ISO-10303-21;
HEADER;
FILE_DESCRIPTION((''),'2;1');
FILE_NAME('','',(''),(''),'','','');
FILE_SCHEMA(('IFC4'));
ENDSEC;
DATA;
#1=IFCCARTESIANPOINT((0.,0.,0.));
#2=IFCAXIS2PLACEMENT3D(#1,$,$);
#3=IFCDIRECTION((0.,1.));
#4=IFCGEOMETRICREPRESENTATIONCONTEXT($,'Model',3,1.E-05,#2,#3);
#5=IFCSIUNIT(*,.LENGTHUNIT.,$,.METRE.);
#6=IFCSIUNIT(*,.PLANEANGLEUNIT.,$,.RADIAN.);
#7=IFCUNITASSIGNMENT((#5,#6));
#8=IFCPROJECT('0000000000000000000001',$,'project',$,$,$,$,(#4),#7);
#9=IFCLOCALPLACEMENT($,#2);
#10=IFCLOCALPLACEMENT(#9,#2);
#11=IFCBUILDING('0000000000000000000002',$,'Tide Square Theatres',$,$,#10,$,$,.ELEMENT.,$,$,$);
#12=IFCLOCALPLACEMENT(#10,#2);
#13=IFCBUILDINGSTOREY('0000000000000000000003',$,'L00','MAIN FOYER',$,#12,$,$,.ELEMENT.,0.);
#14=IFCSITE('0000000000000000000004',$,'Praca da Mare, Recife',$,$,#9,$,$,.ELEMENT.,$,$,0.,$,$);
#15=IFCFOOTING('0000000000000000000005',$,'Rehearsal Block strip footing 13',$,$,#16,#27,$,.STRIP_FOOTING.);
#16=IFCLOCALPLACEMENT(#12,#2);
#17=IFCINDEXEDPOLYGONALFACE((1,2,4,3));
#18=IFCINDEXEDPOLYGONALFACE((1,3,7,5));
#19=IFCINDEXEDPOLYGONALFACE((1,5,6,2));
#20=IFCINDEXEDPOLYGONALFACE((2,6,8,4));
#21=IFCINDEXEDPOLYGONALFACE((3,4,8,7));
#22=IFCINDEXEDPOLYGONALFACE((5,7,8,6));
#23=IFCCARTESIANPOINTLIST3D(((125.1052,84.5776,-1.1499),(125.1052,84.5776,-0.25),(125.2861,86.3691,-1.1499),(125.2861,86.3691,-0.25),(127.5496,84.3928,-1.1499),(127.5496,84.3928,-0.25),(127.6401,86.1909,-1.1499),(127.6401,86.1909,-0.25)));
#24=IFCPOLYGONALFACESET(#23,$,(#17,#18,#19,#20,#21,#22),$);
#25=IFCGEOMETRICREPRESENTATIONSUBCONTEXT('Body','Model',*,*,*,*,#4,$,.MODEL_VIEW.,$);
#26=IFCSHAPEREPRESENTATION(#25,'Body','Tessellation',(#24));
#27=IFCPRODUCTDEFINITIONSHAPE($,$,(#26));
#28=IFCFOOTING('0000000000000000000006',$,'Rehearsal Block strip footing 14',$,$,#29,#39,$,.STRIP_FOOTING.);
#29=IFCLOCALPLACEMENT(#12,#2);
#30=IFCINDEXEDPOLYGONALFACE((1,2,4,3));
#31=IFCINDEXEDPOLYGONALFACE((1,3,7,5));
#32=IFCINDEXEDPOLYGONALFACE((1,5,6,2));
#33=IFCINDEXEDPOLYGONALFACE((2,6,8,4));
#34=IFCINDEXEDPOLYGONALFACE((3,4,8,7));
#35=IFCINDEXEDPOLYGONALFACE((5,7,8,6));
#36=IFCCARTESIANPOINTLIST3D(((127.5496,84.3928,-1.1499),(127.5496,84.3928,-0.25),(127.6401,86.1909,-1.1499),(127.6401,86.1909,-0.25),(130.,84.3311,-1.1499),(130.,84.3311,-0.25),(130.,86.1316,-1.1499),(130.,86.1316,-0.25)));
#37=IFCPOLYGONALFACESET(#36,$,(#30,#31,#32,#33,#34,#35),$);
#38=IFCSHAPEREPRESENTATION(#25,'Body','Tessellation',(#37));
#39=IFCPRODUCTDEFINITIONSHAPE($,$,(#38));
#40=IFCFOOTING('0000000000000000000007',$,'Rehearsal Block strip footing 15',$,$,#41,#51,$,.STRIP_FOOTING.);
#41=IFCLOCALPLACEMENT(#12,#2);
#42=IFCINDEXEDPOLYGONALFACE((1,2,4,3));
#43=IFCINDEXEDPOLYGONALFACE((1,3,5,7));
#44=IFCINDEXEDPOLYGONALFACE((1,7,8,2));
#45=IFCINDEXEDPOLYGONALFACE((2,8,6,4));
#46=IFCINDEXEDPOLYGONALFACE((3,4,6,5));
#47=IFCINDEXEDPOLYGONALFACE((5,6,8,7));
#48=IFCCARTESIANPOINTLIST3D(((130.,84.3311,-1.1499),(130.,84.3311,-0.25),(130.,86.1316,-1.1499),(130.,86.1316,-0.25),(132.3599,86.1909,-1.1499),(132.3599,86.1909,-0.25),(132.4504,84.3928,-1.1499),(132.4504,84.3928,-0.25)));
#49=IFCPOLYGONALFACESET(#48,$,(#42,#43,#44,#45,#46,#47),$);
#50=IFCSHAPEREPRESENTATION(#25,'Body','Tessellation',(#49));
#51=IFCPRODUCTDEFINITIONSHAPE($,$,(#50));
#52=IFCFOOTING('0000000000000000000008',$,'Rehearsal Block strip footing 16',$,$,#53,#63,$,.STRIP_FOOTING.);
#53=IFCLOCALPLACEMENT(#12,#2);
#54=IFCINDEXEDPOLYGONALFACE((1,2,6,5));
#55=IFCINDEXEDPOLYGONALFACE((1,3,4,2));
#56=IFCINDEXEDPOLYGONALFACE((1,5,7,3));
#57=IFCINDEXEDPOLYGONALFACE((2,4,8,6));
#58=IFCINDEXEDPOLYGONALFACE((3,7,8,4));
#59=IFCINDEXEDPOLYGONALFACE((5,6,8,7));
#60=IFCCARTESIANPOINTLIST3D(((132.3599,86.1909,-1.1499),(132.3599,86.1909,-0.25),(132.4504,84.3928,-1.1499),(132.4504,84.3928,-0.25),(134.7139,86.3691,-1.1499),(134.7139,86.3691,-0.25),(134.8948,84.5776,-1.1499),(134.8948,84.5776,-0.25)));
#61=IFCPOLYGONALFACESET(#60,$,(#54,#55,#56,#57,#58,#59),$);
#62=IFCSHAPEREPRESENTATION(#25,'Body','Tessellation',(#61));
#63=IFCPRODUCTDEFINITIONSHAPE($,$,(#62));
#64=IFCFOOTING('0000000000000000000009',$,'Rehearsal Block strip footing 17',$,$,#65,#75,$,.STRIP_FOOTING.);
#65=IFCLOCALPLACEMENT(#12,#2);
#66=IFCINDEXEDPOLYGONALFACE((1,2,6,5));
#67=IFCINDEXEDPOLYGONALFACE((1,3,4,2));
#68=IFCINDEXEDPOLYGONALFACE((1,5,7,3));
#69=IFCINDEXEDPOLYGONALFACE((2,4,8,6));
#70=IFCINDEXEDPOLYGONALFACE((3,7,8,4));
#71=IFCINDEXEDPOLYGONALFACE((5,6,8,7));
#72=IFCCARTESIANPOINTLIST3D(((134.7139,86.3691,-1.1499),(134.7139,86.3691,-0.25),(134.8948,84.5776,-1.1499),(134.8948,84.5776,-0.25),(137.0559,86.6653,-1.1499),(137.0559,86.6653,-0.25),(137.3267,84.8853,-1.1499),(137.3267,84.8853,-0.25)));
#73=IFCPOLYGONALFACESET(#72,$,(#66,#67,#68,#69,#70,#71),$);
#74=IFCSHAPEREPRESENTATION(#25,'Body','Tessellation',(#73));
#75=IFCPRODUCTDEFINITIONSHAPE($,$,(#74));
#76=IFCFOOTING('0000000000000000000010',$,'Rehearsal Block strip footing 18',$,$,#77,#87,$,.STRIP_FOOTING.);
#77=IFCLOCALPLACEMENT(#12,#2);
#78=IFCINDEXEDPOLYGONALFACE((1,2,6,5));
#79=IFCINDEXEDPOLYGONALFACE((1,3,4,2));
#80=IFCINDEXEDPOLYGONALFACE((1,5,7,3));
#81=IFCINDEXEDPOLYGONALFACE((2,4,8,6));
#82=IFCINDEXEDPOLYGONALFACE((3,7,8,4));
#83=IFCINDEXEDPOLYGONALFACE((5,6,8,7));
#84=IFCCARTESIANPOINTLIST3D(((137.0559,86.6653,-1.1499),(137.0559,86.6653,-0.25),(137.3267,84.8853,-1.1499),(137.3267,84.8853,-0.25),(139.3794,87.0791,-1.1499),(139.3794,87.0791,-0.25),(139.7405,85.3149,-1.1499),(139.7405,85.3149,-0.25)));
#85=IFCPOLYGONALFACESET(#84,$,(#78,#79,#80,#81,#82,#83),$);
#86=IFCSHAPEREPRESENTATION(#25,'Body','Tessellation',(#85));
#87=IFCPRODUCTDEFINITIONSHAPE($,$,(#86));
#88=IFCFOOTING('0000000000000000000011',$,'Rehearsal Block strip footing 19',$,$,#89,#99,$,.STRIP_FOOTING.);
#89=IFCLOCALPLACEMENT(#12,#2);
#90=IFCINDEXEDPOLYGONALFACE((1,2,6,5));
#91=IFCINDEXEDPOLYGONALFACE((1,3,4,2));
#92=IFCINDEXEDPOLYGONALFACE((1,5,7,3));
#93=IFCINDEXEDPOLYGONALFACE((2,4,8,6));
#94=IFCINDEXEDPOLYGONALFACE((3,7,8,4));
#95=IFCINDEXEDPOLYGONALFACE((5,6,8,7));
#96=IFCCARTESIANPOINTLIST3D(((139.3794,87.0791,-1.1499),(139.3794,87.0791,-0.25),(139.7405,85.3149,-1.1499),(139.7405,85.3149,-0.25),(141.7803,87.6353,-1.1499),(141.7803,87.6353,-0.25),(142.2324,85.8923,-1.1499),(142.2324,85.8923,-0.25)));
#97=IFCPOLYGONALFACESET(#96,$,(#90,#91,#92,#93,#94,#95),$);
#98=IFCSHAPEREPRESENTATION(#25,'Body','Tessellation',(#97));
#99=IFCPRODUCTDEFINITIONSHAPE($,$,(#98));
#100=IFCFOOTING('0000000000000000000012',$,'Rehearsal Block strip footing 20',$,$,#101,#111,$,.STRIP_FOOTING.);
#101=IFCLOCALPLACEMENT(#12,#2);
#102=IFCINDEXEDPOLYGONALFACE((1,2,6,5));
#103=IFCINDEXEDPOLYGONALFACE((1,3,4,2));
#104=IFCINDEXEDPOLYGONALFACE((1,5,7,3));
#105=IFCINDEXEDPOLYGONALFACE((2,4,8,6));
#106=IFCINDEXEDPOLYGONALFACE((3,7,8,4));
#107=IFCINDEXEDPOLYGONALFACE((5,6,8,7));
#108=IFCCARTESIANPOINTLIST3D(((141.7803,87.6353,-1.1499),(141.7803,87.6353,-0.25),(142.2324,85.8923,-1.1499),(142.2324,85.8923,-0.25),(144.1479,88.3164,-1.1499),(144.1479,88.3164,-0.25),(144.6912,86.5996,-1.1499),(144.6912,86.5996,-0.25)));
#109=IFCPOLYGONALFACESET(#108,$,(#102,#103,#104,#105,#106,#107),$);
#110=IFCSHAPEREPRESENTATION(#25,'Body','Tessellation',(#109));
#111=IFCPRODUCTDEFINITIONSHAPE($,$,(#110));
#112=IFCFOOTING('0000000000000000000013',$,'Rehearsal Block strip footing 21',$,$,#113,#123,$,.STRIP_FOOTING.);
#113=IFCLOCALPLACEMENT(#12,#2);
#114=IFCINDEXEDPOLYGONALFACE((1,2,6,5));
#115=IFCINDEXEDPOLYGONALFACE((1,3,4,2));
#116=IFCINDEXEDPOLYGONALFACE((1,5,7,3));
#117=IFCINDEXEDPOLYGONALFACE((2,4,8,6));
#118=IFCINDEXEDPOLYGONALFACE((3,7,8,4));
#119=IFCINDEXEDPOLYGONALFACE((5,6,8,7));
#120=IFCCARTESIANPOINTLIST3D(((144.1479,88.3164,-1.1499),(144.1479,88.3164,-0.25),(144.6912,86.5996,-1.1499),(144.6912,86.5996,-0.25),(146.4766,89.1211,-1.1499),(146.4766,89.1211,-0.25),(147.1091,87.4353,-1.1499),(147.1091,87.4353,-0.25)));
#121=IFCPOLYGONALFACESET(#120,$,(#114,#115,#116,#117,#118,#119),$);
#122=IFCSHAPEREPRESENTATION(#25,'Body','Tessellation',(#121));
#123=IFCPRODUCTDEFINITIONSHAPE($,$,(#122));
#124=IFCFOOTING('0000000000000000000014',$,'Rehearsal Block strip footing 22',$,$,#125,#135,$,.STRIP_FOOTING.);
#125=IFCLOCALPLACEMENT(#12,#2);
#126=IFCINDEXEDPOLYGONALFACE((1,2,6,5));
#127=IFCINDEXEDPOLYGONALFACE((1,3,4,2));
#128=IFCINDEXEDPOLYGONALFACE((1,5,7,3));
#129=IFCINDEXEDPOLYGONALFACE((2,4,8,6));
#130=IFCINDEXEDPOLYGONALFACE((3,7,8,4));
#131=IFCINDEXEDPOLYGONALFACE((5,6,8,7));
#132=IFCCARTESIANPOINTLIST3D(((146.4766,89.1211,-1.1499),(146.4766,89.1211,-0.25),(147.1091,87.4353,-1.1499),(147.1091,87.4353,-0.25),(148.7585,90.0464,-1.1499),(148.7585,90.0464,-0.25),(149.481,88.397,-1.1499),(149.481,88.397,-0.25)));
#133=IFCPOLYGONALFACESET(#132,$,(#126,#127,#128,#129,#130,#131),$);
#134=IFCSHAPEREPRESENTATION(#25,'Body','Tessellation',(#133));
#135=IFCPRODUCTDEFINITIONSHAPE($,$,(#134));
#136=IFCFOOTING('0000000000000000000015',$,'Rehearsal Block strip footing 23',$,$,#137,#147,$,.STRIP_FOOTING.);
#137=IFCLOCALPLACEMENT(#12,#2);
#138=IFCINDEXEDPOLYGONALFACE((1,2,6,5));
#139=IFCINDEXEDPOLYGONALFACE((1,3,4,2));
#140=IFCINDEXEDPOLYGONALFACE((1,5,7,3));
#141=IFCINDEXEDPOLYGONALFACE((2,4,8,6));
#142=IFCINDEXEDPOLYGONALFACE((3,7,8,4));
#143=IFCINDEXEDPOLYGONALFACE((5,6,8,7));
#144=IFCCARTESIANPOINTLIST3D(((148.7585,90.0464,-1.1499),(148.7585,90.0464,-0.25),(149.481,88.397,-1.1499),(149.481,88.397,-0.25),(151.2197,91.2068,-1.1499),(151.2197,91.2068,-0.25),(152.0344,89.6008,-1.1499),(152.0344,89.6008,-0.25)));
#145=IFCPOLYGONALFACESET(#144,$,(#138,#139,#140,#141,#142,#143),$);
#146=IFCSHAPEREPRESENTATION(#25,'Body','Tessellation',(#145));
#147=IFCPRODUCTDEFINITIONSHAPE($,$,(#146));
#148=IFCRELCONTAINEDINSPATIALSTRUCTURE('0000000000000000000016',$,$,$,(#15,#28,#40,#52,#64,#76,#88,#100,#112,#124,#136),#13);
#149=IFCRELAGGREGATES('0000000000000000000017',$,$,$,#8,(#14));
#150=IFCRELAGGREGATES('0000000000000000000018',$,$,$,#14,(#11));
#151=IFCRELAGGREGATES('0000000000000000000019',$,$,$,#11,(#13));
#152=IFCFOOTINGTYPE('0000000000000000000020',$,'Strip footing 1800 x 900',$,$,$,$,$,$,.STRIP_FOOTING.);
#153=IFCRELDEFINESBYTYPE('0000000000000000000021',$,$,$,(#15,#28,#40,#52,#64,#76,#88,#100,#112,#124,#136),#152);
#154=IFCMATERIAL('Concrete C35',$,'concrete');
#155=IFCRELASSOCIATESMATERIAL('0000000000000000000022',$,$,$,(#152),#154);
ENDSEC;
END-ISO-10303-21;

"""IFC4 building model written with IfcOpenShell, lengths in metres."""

from ifc_helpers import new_model, si_unit, direction, frame, origin, place, context, subcontext, project, spatial, polyline, outline, extrude, material, type_object, element, save


model = new_model("IFC4")

# Units and contexts
model_context = context("Model", 3, precision=1e-05, world=origin(), true_north=direction((0.0, 1.0)))
body_context = subcontext(model_context, "Body", "Model", "MODEL_VIEW")
ifc_project = project(units=[si_unit("LENGTHUNIT", "METRE"), si_unit("PLANEANGLEUNIT", "RADIAN")], contexts=[model_context])

# Site, building, storey
site_placement = place(None, origin())
site = spatial("IfcSite", under=ifc_project, at=site_placement, Name="Praca da Mare, Recife", CompositionType="ELEMENT", RefElevation=0.0)
building_placement = place(site_placement, origin())
building = spatial("IfcBuilding", under=site, at=building_placement, Name="Tide Square Theatres", CompositionType="ELEMENT")
storey_placement = place(building_placement, origin())
storey = spatial("IfcBuildingStorey", under=building, at=storey_placement, Name="L00", Description="MAIN FOYER", CompositionType="ELEMENT", Elevation=0.0)

# Footings
ifc_material = material(Name="Concrete C35", Category="concrete")
footing_type = type_object("IfcFootingType", Name="Strip footing 1800 x 900", PredefinedType="STRIP_FOOTING", material=ifc_material)
footing_1_placement = place(storey_placement, frame((0.0, 0.0, -1.1499)))
element("IfcFooting", 1, at=footing_1_placement, inside=storey, type_object=footing_type, Name="Rehearsal Block strip footing 13", PredefinedType="STRIP_FOOTING", context=body_context, shape_type="SweptSolid", body=[
    extrude(outline(polyline([(125.1052, 84.5776), (127.5496, 84.3928), (127.6401, 86.1909), (125.2861, 86.3691), (125.1052, 84.5776)])), origin(), (0.0, 0.0, 1.0), 0.8999),
])
footing_2_placement = place(storey_placement, frame((0.0, 0.0, -1.1499)))
element("IfcFooting", 2, at=footing_2_placement, inside=storey, type_object=footing_type, Name="Rehearsal Block strip footing 14", PredefinedType="STRIP_FOOTING", context=body_context, shape_type="SweptSolid", body=[
    extrude(outline(polyline([(127.5496, 84.3928), (130.0, 84.3311), (130.0, 86.1316), (127.6401, 86.1909), (127.5496, 84.3928)])), origin(), (0.0, 0.0, 1.0), 0.8999),
])
footing_3_placement = place(storey_placement, frame((0.0, 0.0, -1.1499)))
element("IfcFooting", 3, at=footing_3_placement, inside=storey, type_object=footing_type, Name="Rehearsal Block strip footing 15", PredefinedType="STRIP_FOOTING", context=body_context, shape_type="SweptSolid", body=[
    extrude(outline(polyline([(130.0, 84.3311), (132.4504, 84.3928), (132.3599, 86.1909), (130.0, 86.1316), (130.0, 84.3311)])), origin(), (0.0, 0.0, 1.0), 0.8999),
])
footing_4_placement = place(storey_placement, frame((0.0, 0.0, -1.1499)))
element("IfcFooting", 4, at=footing_4_placement, inside=storey, type_object=footing_type, Name="Rehearsal Block strip footing 16", PredefinedType="STRIP_FOOTING", context=body_context, shape_type="SweptSolid", body=[
    extrude(outline(polyline([(132.4504, 84.3928), (134.8948, 84.5776), (134.7139, 86.3691), (132.3599, 86.1909), (132.4504, 84.3928)])), origin(), (0.0, 0.0, 1.0), 0.8999),
])
footing_5_placement = place(storey_placement, frame((0.0, 0.0, -1.1499)))
element("IfcFooting", 5, at=footing_5_placement, inside=storey, type_object=footing_type, Name="Rehearsal Block strip footing 17", PredefinedType="STRIP_FOOTING", context=body_context, shape_type="SweptSolid", body=[
    extrude(outline(polyline([(134.8948, 84.5776), (137.3267, 84.8853), (137.0559, 86.6653), (134.7139, 86.3691), (134.8948, 84.5776)])), origin(), (0.0, 0.0, 1.0), 0.8999),
])
footing_6_placement = place(storey_placement, frame((0.0, 0.0, -1.1499)))
element("IfcFooting", 6, at=footing_6_placement, inside=storey, type_object=footing_type, Name="Rehearsal Block strip footing 18", PredefinedType="STRIP_FOOTING", context=body_context, shape_type="SweptSolid", body=[
    extrude(outline(polyline([(137.3267, 84.8853), (139.7405, 85.3149), (139.3794, 87.0791), (137.0559, 86.6653), (137.3267, 84.8853)])), origin(), (0.0, 0.0, 1.0), 0.8999),
])
footing_7_placement = place(storey_placement, frame((0.0, 0.0, -1.1499)))
element("IfcFooting", 7, at=footing_7_placement, inside=storey, type_object=footing_type, Name="Rehearsal Block strip footing 19", PredefinedType="STRIP_FOOTING", context=body_context, shape_type="SweptSolid", body=[
    extrude(outline(polyline([(139.7405, 85.3149), (142.2324, 85.8923), (141.7803, 87.6353), (139.3794, 87.0791), (139.7405, 85.3149)])), origin(), (0.0, 0.0, 1.0), 0.8999),
])
footing_8_placement = place(storey_placement, frame((0.0, 0.0, -1.1499)))
element("IfcFooting", 8, at=footing_8_placement, inside=storey, type_object=footing_type, Name="Rehearsal Block strip footing 20", PredefinedType="STRIP_FOOTING", context=body_context, shape_type="SweptSolid", body=[
    extrude(outline(polyline([(142.2324, 85.8923), (144.6912, 86.5996), (144.1479, 88.3164), (141.7803, 87.6353), (142.2324, 85.8923)])), origin(), (0.0, 0.0, 1.0), 0.8999),
])
footing_9_placement = place(storey_placement, frame((0.0, 0.0, -1.1499)))
element("IfcFooting", 9, at=footing_9_placement, inside=storey, type_object=footing_type, Name="Rehearsal Block strip footing 21", PredefinedType="STRIP_FOOTING", context=body_context, shape_type="SweptSolid", body=[
    extrude(outline(polyline([(144.6912, 86.5996), (147.1091, 87.4353), (146.4766, 89.1211), (144.1479, 88.3164), (144.6912, 86.5996)])), origin(), (0.0, 0.0, 1.0), 0.8999),
])
footing_10_placement = place(storey_placement, frame((0.0, 0.0, -1.1499)))
element("IfcFooting", 10, at=footing_10_placement, inside=storey, type_object=footing_type, Name="Rehearsal Block strip footing 22", PredefinedType="STRIP_FOOTING", context=body_context, shape_type="SweptSolid", body=[
    extrude(outline(polyline([(147.1091, 87.4353), (149.481, 88.397), (148.7585, 90.0464), (146.4766, 89.1211), (147.1091, 87.4353)])), origin(), (0.0, 0.0, 1.0), 0.8999),
])
footing_11_placement = place(storey_placement, frame((0.0, 0.0, -1.1499)))
element("IfcFooting", 11, at=footing_11_placement, inside=storey, type_object=footing_type, Name="Rehearsal Block strip footing 23", PredefinedType="STRIP_FOOTING", context=body_context, shape_type="SweptSolid", body=[
    extrude(outline(polyline([(149.481, 88.397), (152.0344, 89.6008), (151.2197, 91.2068), (148.7585, 90.0464), (149.481, 88.397)])), origin(), (0.0, 0.0, 1.0), 0.8999),
])

save(model, "model.ifc")
